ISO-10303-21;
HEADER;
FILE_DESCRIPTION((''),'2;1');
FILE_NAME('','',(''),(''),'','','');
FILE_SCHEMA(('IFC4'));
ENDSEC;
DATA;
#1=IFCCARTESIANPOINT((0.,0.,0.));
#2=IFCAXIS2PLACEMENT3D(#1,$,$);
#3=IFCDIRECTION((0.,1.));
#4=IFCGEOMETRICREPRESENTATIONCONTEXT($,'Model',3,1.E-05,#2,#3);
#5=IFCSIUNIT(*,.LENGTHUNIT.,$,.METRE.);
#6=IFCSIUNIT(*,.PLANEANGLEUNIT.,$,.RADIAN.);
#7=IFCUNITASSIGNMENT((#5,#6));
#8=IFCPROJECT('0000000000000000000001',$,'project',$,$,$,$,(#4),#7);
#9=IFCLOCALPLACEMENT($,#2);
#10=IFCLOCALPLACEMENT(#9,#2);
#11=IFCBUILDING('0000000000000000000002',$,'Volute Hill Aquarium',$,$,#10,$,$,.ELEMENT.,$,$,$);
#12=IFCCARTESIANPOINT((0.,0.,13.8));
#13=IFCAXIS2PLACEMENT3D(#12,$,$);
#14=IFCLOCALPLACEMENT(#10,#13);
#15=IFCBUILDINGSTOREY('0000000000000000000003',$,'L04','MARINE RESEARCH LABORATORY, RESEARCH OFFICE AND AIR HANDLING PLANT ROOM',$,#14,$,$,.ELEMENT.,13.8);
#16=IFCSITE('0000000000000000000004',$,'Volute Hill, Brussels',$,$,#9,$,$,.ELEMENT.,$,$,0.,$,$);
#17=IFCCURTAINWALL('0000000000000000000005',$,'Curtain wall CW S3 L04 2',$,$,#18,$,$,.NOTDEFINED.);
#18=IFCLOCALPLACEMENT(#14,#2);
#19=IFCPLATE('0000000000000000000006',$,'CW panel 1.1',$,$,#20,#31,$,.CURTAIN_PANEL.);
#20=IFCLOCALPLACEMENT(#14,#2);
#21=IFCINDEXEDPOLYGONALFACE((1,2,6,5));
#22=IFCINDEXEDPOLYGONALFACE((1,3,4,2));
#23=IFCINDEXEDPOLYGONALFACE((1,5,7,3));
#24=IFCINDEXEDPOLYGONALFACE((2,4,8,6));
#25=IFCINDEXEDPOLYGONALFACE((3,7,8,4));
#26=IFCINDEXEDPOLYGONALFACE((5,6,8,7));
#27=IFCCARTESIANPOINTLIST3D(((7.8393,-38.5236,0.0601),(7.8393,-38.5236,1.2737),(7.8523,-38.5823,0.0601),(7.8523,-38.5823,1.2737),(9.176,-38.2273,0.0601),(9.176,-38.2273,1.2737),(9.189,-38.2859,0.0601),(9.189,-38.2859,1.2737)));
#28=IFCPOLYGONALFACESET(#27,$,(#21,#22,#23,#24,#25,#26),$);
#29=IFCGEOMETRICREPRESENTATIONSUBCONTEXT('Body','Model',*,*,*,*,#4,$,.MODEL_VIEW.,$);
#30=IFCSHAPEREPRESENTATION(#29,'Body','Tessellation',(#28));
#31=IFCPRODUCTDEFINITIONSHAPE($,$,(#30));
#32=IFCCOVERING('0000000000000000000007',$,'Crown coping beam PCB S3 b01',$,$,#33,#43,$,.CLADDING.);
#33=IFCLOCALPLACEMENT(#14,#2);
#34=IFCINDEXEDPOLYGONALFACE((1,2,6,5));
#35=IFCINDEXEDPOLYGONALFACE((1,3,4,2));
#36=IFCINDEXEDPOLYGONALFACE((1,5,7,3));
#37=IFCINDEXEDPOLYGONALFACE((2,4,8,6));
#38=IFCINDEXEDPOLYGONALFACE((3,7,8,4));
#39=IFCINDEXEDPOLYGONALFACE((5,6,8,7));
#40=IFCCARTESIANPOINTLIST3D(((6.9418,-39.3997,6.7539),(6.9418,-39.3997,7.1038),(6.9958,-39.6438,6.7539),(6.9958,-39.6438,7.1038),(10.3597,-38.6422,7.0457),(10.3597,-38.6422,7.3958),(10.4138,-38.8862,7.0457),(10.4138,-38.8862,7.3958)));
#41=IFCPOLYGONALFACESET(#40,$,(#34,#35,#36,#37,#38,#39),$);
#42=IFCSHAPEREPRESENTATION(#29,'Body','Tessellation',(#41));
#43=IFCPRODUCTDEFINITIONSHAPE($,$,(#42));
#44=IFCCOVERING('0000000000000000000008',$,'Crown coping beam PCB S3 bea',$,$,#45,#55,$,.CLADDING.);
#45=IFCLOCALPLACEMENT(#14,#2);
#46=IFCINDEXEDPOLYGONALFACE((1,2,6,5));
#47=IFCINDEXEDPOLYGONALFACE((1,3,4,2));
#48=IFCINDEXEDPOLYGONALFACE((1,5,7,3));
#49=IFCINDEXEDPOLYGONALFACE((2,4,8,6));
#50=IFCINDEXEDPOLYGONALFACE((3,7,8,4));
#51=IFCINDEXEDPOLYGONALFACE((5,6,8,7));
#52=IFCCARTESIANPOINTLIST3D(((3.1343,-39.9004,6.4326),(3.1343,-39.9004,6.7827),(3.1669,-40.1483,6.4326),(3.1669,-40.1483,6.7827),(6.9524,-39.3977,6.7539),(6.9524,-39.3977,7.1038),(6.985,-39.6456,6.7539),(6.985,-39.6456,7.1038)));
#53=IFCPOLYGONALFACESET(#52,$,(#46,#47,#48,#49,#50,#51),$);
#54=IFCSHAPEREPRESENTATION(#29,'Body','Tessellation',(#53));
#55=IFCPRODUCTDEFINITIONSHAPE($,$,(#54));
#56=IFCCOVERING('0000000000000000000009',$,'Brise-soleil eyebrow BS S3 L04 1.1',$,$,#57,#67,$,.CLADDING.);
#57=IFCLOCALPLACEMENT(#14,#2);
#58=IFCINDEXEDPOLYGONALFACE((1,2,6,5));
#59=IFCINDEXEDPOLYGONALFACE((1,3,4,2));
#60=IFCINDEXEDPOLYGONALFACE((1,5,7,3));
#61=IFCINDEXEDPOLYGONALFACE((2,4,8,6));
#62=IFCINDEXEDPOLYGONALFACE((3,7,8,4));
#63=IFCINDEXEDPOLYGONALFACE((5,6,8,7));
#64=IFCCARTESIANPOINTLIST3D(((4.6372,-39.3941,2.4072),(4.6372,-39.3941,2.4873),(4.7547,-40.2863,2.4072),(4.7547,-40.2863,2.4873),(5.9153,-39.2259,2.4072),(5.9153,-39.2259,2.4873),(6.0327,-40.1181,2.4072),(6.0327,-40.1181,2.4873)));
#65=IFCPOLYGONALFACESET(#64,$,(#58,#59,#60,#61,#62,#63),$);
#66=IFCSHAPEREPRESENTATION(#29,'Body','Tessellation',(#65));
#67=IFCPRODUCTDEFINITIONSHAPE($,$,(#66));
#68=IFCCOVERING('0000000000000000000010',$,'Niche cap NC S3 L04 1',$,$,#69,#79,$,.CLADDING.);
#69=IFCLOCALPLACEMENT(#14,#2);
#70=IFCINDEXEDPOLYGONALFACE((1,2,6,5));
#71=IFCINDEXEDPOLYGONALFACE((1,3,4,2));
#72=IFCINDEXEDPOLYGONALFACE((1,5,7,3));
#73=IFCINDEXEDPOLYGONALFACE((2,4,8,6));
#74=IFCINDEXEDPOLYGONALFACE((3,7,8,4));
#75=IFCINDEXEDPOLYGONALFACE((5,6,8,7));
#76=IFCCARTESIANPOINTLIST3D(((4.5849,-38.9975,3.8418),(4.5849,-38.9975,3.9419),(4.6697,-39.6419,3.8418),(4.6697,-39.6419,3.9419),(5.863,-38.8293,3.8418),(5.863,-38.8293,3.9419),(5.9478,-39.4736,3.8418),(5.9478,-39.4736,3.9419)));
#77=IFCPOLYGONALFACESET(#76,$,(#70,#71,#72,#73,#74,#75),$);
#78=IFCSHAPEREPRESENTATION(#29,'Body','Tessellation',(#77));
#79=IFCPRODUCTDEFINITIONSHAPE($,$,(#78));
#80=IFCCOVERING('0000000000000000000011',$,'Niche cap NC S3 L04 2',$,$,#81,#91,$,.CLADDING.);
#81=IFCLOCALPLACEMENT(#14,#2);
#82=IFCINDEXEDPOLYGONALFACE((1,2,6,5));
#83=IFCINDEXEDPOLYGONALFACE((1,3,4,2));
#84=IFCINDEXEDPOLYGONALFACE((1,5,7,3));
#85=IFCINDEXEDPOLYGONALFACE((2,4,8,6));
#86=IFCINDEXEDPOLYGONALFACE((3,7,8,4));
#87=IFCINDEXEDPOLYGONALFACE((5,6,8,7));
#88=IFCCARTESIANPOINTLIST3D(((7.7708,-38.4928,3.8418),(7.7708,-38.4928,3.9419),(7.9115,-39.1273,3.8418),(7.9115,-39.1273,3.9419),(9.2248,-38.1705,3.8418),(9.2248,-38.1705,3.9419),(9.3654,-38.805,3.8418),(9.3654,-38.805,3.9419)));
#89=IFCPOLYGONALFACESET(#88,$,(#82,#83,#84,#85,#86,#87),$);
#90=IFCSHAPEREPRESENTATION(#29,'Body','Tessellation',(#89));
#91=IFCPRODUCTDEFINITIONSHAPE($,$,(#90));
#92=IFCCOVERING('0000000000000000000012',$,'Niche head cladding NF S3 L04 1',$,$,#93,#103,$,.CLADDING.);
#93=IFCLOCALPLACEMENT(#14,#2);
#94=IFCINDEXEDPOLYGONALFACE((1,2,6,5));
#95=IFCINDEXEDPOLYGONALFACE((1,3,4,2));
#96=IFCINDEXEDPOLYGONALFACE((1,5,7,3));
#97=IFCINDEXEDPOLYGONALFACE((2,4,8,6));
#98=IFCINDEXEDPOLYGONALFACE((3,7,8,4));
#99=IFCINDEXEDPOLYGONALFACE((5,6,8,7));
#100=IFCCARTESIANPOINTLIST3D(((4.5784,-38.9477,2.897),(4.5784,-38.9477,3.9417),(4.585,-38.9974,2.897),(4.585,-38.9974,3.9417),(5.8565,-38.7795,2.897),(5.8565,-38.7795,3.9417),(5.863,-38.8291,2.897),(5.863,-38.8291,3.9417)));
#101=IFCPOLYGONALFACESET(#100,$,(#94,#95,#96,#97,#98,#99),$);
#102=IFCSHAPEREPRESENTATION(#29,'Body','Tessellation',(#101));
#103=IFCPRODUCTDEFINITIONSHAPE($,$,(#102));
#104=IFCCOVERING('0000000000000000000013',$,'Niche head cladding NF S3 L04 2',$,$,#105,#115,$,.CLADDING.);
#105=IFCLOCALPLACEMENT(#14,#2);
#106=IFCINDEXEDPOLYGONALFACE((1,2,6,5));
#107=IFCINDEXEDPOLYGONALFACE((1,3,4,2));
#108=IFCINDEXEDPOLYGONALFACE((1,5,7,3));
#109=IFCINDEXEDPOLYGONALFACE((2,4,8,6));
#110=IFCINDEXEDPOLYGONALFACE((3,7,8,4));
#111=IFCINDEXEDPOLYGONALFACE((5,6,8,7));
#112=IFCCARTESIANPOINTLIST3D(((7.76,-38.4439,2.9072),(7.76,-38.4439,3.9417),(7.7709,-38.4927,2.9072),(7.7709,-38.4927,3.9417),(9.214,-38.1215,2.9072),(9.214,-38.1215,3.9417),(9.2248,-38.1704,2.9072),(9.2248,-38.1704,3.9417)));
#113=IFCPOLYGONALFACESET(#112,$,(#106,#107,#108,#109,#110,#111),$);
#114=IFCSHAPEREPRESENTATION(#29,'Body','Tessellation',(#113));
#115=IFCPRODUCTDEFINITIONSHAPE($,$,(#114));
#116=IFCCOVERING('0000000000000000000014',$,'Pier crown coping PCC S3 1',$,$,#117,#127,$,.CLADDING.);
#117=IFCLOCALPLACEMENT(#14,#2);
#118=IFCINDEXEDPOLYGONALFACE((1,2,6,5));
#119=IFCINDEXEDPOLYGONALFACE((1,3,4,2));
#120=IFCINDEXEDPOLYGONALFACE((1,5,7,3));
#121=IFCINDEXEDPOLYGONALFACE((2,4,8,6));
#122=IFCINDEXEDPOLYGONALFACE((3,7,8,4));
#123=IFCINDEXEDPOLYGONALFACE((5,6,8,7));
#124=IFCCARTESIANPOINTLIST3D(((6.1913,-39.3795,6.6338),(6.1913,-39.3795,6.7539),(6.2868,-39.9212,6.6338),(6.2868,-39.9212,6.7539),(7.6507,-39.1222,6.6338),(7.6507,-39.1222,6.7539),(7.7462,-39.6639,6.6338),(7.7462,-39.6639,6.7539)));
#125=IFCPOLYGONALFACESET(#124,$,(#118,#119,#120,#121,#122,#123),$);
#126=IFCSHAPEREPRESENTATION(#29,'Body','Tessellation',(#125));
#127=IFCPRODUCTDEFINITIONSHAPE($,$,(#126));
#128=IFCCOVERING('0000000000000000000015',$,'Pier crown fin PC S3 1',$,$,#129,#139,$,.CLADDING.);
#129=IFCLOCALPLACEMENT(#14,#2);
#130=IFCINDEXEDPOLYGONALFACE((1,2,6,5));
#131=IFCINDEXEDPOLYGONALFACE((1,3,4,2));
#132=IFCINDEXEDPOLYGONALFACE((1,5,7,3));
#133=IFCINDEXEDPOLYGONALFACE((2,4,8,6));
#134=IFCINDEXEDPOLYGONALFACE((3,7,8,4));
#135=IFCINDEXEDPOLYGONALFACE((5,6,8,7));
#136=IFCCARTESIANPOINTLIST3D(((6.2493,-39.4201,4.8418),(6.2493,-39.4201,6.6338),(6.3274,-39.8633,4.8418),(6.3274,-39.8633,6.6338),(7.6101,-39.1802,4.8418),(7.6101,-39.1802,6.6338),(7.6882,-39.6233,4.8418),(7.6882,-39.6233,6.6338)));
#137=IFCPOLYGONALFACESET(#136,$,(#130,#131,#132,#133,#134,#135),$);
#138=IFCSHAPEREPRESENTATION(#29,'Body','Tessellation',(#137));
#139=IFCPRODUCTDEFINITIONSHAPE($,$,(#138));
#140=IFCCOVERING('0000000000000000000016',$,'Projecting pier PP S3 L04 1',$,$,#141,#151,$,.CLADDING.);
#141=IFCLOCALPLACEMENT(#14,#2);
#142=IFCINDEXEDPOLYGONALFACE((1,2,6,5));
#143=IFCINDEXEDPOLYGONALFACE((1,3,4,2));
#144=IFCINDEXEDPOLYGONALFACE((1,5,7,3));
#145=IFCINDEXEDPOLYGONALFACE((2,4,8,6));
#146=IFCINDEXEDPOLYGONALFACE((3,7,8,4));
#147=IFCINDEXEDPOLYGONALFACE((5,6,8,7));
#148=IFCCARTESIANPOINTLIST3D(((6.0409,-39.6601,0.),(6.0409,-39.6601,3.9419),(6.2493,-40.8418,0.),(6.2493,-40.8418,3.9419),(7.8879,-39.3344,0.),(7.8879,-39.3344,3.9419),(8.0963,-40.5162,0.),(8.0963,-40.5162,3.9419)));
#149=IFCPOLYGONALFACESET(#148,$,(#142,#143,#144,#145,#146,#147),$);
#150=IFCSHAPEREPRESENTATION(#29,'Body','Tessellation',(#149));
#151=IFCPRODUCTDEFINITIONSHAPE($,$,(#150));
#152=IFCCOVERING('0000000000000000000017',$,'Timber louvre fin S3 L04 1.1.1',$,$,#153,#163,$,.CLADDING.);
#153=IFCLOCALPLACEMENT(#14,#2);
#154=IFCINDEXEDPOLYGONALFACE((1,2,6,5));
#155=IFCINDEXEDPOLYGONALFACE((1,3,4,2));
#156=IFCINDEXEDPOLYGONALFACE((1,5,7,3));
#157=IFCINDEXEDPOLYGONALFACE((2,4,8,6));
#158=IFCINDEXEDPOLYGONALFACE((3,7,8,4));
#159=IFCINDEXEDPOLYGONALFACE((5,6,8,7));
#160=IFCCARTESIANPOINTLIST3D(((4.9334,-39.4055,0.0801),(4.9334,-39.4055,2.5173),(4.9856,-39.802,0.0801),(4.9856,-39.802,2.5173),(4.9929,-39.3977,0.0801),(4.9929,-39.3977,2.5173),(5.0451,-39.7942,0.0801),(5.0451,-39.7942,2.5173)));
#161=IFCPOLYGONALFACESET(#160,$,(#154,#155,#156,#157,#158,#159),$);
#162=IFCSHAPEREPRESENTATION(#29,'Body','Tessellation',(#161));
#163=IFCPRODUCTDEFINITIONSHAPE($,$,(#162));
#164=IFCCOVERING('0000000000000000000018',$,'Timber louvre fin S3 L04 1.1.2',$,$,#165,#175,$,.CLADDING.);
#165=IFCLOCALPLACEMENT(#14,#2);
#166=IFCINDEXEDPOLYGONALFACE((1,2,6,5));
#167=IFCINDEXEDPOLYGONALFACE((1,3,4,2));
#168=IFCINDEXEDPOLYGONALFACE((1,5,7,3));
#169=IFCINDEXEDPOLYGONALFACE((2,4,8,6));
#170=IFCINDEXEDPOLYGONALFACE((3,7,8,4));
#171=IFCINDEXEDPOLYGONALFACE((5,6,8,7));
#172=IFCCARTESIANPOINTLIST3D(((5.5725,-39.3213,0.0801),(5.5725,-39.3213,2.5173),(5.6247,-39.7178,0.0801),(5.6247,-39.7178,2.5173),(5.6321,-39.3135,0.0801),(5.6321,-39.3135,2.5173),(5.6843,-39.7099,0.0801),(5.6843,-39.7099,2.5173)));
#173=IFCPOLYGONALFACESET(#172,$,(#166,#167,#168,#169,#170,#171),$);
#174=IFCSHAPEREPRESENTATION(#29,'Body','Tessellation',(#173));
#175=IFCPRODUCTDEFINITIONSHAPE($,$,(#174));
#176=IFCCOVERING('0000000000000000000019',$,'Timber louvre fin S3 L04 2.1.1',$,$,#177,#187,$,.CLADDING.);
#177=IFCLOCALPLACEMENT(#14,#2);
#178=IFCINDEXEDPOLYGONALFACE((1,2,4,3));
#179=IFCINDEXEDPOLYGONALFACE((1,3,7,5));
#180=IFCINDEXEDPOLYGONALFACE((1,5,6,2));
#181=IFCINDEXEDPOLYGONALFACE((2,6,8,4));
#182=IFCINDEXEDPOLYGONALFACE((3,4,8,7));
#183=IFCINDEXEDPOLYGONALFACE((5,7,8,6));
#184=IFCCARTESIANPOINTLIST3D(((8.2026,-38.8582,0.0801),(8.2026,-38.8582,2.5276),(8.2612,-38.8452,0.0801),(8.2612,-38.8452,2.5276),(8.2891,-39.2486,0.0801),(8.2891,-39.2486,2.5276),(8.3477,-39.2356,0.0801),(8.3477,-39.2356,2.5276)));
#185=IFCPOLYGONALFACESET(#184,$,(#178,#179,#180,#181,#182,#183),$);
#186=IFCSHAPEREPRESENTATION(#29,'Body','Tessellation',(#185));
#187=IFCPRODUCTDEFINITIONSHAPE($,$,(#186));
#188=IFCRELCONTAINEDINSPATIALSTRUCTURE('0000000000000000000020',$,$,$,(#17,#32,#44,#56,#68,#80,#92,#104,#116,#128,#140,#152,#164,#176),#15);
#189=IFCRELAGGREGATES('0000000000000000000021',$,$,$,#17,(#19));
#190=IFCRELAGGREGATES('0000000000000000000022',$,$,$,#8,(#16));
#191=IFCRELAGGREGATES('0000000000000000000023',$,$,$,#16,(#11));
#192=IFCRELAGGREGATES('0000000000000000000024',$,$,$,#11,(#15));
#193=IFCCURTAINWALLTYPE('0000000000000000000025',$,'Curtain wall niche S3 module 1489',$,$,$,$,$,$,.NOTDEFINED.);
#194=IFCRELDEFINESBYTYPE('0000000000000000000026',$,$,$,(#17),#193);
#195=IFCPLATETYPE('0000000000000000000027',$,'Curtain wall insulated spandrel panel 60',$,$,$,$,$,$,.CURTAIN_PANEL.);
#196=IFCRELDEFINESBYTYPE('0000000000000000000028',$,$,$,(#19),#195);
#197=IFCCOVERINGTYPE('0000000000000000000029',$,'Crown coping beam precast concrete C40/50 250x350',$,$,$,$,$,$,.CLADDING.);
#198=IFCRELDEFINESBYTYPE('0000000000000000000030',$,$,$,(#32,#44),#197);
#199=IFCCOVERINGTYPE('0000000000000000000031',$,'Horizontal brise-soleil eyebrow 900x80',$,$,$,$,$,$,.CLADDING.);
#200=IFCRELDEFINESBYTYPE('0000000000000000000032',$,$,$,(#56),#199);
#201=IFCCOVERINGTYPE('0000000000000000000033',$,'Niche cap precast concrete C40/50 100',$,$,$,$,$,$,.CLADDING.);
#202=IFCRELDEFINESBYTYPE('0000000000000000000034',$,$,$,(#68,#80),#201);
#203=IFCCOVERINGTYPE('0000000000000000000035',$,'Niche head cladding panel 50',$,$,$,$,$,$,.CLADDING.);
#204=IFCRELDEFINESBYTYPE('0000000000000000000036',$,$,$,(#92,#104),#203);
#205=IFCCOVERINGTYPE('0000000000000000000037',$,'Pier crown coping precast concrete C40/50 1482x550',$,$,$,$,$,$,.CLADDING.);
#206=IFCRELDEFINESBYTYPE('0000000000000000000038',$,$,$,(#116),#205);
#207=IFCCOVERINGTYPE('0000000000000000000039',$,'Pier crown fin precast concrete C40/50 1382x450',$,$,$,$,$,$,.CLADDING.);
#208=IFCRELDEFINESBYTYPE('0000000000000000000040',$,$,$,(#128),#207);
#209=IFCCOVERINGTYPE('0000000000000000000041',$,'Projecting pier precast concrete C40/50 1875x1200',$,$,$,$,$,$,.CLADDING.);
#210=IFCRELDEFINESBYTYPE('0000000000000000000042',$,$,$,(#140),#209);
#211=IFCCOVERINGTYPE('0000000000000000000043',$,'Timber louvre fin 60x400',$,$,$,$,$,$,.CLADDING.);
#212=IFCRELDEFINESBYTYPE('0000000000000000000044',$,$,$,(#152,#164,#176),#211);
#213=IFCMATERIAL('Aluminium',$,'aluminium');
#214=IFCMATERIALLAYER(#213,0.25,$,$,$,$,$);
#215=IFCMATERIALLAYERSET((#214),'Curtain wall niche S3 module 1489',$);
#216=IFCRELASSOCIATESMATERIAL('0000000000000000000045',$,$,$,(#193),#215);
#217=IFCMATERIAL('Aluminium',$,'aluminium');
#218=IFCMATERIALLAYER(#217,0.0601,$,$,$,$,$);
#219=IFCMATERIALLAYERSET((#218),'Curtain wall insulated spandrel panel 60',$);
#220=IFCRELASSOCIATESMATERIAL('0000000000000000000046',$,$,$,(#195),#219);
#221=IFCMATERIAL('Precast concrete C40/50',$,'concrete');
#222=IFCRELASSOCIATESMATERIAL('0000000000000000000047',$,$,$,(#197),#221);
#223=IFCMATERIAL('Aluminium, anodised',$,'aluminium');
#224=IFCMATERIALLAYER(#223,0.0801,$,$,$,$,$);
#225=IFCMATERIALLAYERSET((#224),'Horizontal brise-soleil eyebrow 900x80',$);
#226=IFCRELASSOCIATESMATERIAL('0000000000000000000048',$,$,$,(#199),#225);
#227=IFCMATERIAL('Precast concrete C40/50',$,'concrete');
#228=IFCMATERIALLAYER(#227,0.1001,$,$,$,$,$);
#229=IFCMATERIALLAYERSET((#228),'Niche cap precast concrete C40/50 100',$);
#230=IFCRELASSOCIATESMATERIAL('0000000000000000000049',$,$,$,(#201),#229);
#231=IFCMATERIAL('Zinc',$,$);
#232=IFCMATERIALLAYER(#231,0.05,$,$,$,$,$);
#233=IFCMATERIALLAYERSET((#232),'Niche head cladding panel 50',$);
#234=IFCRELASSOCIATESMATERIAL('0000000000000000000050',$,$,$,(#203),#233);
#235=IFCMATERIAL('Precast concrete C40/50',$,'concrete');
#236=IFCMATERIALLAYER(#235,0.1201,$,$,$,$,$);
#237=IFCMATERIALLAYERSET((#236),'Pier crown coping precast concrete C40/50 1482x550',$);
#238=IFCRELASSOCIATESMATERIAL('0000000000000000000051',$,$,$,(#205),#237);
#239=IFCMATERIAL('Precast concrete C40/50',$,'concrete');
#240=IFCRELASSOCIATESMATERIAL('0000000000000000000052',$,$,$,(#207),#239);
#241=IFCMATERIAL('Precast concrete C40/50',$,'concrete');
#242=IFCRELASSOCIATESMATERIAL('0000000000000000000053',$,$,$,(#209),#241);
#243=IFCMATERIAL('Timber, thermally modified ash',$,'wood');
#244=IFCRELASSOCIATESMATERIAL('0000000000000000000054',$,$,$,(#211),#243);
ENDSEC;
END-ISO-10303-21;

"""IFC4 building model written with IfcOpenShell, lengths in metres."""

from ifc_helpers import new_model, si_unit, direction, frame, origin, origin_2d, place, context, subcontext, project, spatial, polyline, rectangle, outline, extrude, material, layer, layer_set, type_object, element, aggregate, save


model = new_model("IFC4")

# Units and contexts
model_context = context("Model", 3, precision=1e-05, world=origin(), true_north=direction((0.0, 1.0)))
body_context = subcontext(model_context, "Body", "Model", "MODEL_VIEW")
ifc_project = project(units=[si_unit("LENGTHUNIT", "METRE"), si_unit("PLANEANGLEUNIT", "RADIAN")], contexts=[model_context])

# Site, building, storey
site_placement = place(None, origin())
site = spatial("IfcSite", under=ifc_project, at=site_placement, Name="Volute Hill, Brussels", CompositionType="ELEMENT", RefElevation=0.0)
building_placement = place(site_placement, origin())
building = spatial("IfcBuilding", under=site, at=building_placement, Name="Volute Hill Aquarium", CompositionType="ELEMENT")
storey_placement = place(building_placement, frame((0.0, 0.0, 13.8)))
storey = spatial("IfcBuildingStorey", under=building, at=storey_placement, Name="L04", Description="MARINE RESEARCH LABORATORY, RESEARCH OFFICE AND AIR HANDLING PLANT ROOM", CompositionType="ELEMENT", Elevation=13.8)

# Curtain wall
ifc_material_1 = material(Name="Aluminium", Category="aluminium")
ifc_layer_1 = layer(ifc_material_1, 0.25)
ifc_layer_set_1 = layer_set([ifc_layer_1], Name="Curtain wall niche S3 module 1489")
curtain_wall_type_1 = type_object("IfcCurtainWallType", Name="Curtain wall niche S3 module 1489", PredefinedType="NOTDEFINED", material=ifc_layer_set_1)
curtain_wall_1_placement = place(storey_placement, origin())
curtain_wall_1 = element("IfcCurtainWall", 1, at=curtain_wall_1_placement, inside=storey, type_object=curtain_wall_type_1, Name="Curtain wall CW S3 L04 2", PredefinedType="NOTDEFINED")

# Plate
ifc_material_2 = material(Name="Aluminium", Category="aluminium")
ifc_layer_2 = layer(ifc_material_2, 0.0601)
ifc_layer_set_2 = layer_set([ifc_layer_2], Name="Curtain wall insulated spandrel panel 60")
plate_type_1 = type_object("IfcPlateType", Name="Curtain wall insulated spandrel panel 60", PredefinedType="CURTAIN_PANEL", material=ifc_layer_set_2)
plate_1_placement = place(storey_placement, frame((8.5142, -38.4048, 0.0601), z_axis=(0.0, 0.0, 1.0), x_axis=(0.976298, 0.216429, 0.0)))
plate_1 = element("IfcPlate", 2, at=plate_1_placement, type_object=plate_type_1, Name="CW panel 1.1", PredefinedType="CURTAIN_PANEL", context=body_context, shape_type="SweptSolid", body=[
    extrude(rectangle(XDim=1.3691, YDim=0.0601, at=origin_2d()), origin(), (0.0, 0.0, 1.0), 1.2136),
])
aggregate(curtain_wall_1, [plate_1])

# Coverings
ifc_material_3 = material(Name="Precast concrete C40/50", Category="concrete")
covering_type_1 = type_object("IfcCoveringType", Name="Crown coping beam precast concrete C40/50 250x350", PredefinedType="CLADDING", material=ifc_material_3)
covering_1_placement = place(storey_placement, frame((6.9958, -39.6438, 6.7539), z_axis=(0.216391, -0.976307, 0.0), x_axis=(0.972934, 0.215644, 0.083047)))
element("IfcCovering", 3, at=covering_1_placement, inside=storey, type_object=covering_type_1, Name="Crown coping beam PCB S3 b01", PredefinedType="CLADDING", context=body_context, shape_type="SweptSolid", body=[
    extrude(outline(polyline([(0.0, 0.0), (3.5131, 0.0), (3.5421, 0.3489), (0.0291, 0.3486), (0.0, 0.0)])), origin(), (0.0, 0.0, -1.0), 0.25),
])
covering_2_placement = place(storey_placement, frame((6.9524, -39.3977, 6.7539), z_axis=(-0.130532, 0.991444, 0.0), x_axis=(-0.988012, -0.13008, -0.08314)))
element("IfcCovering", 4, at=covering_2_placement, inside=storey, type_object=covering_type_1, Name="Crown coping beam PCB S3 bea", PredefinedType="CLADDING", context=body_context, shape_type="SweptSolid", body=[
    extrude(outline(polyline([(0.0, 0.0), (3.8644, 0.0), (3.8353, 0.3489), (-0.0291, 0.3486), (0.0, 0.0)])), origin(), (0.0, 0.0, -1.0), 0.25),
])
ifc_material_4 = material(Name="Aluminium, anodised", Category="aluminium")
ifc_layer_3 = layer(ifc_material_4, 0.0801)
ifc_layer_set_3 = layer_set([ifc_layer_3], Name="Horizontal brise-soleil eyebrow 900x80")
covering_type_2 = type_object("IfcCoveringType", Name="Horizontal brise-soleil eyebrow 900x80", PredefinedType="CLADDING", material=ifc_layer_set_3)
covering_3_placement = place(storey_placement, frame((5.335, -39.7561, 2.4072), z_axis=(0.0, 0.0, 1.0), x_axis=(0.991447, 0.130511, 0.0)))
element("IfcCovering", 5, at=covering_3_placement, inside=storey, type_object=covering_type_2, Name="Brise-soleil eyebrow BS S3 L04 1.1", PredefinedType="CLADDING", context=body_context, shape_type="SweptSolid", body=[
    extrude(rectangle(XDim=1.2891, YDim=0.8999, at=origin_2d()), origin(), (0.0, 0.0, 1.0), 0.0801),
])
ifc_material_5 = material(Name="Precast concrete C40/50", Category="concrete")
ifc_layer_4 = layer(ifc_material_5, 0.1001)
ifc_layer_set_4 = layer_set([ifc_layer_4], Name="Niche cap precast concrete C40/50 100")
covering_type_3 = type_object("IfcCoveringType", Name="Niche cap precast concrete C40/50 100", PredefinedType="CLADDING", material=ifc_layer_set_4)
covering_4_placement = place(storey_placement, frame((5.2664, -39.2356, 3.8418), z_axis=(0.0, 0.0, 1.0), x_axis=(0.991447, 0.130511, 0.0)))
element("IfcCovering", 6, at=covering_4_placement, inside=storey, type_object=covering_type_3, Name="Niche cap NC S3 L04 1", PredefinedType="CLADDING", context=body_context, shape_type="SweptSolid", body=[
    extrude(rectangle(XDim=1.2891, YDim=0.6499, at=origin_2d()), origin(), (0.0, 0.0, 1.0), 0.1001),
])
covering_5_placement = place(storey_placement, frame((8.5681, -38.6489, 3.8418), z_axis=(0.0, 0.0, 1.0), x_axis=(0.976297, 0.216435, 0.0)))
element("IfcCovering", 7, at=covering_5_placement, inside=storey, type_object=covering_type_3, Name="Niche cap NC S3 L04 2", PredefinedType="CLADDING", context=body_context, shape_type="SweptSolid", body=[
    extrude(rectangle(XDim=1.4893, YDim=0.6499, at=origin_2d()), origin(), (0.0, 0.0, 1.0), 0.1001),
])
ifc_material_6 = material(Name="Zinc")
ifc_layer_5 = layer(ifc_material_6, 0.05)
ifc_layer_set_5 = layer_set([ifc_layer_5], Name="Niche head cladding panel 50")
covering_type_4 = type_object("IfcCoveringType", Name="Niche head cladding panel 50", PredefinedType="CLADDING", material=ifc_layer_set_5)
covering_6_placement = place(storey_placement, frame((5.2207, -38.8884, 2.897), z_axis=(0.0, 0.0, 1.0), x_axis=(0.991447, 0.130511, 0.0)))
element("IfcCovering", 8, at=covering_6_placement, inside=storey, type_object=covering_type_4, Name="Niche head cladding NF S3 L04 1", PredefinedType="CLADDING", context=body_context, shape_type="SweptSolid", body=[
    extrude(rectangle(XDim=1.2891, YDim=0.05, at=origin_2d()), origin(), (0.0, 0.0, 1.0), 1.0447),
])
covering_7_placement = place(storey_placement, frame((8.4924, -38.3071, 2.9072), z_axis=(0.0, 0.0, 1.0), x_axis=(0.976297, 0.216435, 0.0)))
element("IfcCovering", 9, at=covering_7_placement, inside=storey, type_object=covering_type_4, Name="Niche head cladding NF S3 L04 2", PredefinedType="CLADDING", context=body_context, shape_type="SweptSolid", body=[
    extrude(rectangle(XDim=1.4893, YDim=0.05, at=origin_2d()), origin(), (0.0, 0.0, 1.0), 1.0344),
])
ifc_material_7 = material(Name="Precast concrete C40/50", Category="concrete")
ifc_layer_6 = layer(ifc_material_7, 0.1201)
ifc_layer_set_6 = layer_set([ifc_layer_6], Name="Pier crown coping precast concrete C40/50 1482x550")
covering_type_5 = type_object("IfcCoveringType", Name="Pier crown coping precast concrete C40/50 1482x550", PredefinedType="CLADDING", material=ifc_layer_set_6)
covering_8_placement = place(storey_placement, frame((6.9688, -39.5217, 6.6338), z_axis=(0.0, 0.0, 1.0), x_axis=(0.984808, 0.173648, 0.0)))
element("IfcCovering", 10, at=covering_8_placement, inside=storey, type_object=covering_type_5, Name="Pier crown coping PCC S3 1", PredefinedType="CLADDING", context=body_context, shape_type="SweptSolid", body=[
    extrude(rectangle(XDim=1.4819, YDim=0.55, at=origin_2d()), origin(), (0.0, 0.0, 1.0), 0.1201),
])
ifc_material_8 = material(Name="Precast concrete C40/50", Category="concrete")
covering_type_6 = type_object("IfcCoveringType", Name="Pier crown fin precast concrete C40/50 1382x450", PredefinedType="CLADDING", material=ifc_material_8)
covering_9_placement = place(storey_placement, frame((6.9688, -39.5217, 4.8418), z_axis=(0.0, 0.0, 1.0), x_axis=(0.984808, 0.173648, 0.0)))
element("IfcCovering", 11, at=covering_9_placement, inside=storey, type_object=covering_type_6, Name="Pier crown fin PC S3 1", PredefinedType="CLADDING", context=body_context, shape_type="SweptSolid", body=[
    extrude(rectangle(XDim=1.3818, YDim=0.45, at=origin_2d()), origin(), (0.0, 0.0, 1.0), 1.792),
])
ifc_material_9 = material(Name="Precast concrete C40/50", Category="concrete")
covering_type_7 = type_object("IfcCoveringType", Name="Projecting pier precast concrete C40/50 1875x1200", PredefinedType="CLADDING", material=ifc_material_9)
covering_10_placement = place(storey_placement, frame((7.0686, -40.0881, 0.0), z_axis=(0.0, 0.0, 1.0), x_axis=(0.984808, 0.173648, 0.0)))
element("IfcCovering", 12, at=covering_10_placement, inside=storey, type_object=covering_type_7, Name="Projecting pier PP S3 L04 1", PredefinedType="CLADDING", context=body_context, shape_type="SweptSolid", body=[
    extrude(rectangle(XDim=1.8755, YDim=1.2, at=origin_2d()), origin(), (0.0, 0.0, 1.0), 3.9419),
])
ifc_material_10 = material(Name="Timber, thermally modified ash", Category="wood")
covering_type_8 = type_object("IfcCoveringType", Name="Timber louvre fin 60x400", PredefinedType="CLADDING", material=ifc_material_10)
for number, where, z_axis, x_axis, name in (
    (13, (4.9893, -39.5999, 0.0801), (0.0, 0.0, 1.0), (0.991447, 0.130511, 0.0), "Timber louvre fin S3 L04 1.1.1"),
    (14, (5.6284, -39.5156, 0.0801), (0.0, 0.0, 1.0), (0.991447, 0.130511, 0.0), "Timber louvre fin S3 L04 1.1.2"),
):
    element("IfcCovering", number, at=place(storey_placement, frame(where, z_axis=z_axis, x_axis=x_axis)), inside=storey, type_object=covering_type_8, Name=name, PredefinedType="CLADDING", context=body_context, shape_type="SweptSolid", body=[
        extrude(rectangle(XDim=0.0601, YDim=0.3999, at=origin_2d()), origin(), (0.0, 0.0, 1.0), 2.4373),
    ])
covering_11_placement = place(storey_placement, frame((8.2751, -39.0469, 0.0801), z_axis=(0.0, 0.0, 1.0), x_axis=(0.976297, 0.216435, 0.0)))
element("IfcCovering", 15, at=covering_11_placement, inside=storey, type_object=covering_type_8, Name="Timber louvre fin S3 L04 2.1.1", PredefinedType="CLADDING", context=body_context, shape_type="SweptSolid", body=[
    extrude(rectangle(XDim=0.0601, YDim=0.3999, at=origin_2d()), origin(), (0.0, 0.0, 1.0), 2.4475),
])

save(model, "model.ifc")
